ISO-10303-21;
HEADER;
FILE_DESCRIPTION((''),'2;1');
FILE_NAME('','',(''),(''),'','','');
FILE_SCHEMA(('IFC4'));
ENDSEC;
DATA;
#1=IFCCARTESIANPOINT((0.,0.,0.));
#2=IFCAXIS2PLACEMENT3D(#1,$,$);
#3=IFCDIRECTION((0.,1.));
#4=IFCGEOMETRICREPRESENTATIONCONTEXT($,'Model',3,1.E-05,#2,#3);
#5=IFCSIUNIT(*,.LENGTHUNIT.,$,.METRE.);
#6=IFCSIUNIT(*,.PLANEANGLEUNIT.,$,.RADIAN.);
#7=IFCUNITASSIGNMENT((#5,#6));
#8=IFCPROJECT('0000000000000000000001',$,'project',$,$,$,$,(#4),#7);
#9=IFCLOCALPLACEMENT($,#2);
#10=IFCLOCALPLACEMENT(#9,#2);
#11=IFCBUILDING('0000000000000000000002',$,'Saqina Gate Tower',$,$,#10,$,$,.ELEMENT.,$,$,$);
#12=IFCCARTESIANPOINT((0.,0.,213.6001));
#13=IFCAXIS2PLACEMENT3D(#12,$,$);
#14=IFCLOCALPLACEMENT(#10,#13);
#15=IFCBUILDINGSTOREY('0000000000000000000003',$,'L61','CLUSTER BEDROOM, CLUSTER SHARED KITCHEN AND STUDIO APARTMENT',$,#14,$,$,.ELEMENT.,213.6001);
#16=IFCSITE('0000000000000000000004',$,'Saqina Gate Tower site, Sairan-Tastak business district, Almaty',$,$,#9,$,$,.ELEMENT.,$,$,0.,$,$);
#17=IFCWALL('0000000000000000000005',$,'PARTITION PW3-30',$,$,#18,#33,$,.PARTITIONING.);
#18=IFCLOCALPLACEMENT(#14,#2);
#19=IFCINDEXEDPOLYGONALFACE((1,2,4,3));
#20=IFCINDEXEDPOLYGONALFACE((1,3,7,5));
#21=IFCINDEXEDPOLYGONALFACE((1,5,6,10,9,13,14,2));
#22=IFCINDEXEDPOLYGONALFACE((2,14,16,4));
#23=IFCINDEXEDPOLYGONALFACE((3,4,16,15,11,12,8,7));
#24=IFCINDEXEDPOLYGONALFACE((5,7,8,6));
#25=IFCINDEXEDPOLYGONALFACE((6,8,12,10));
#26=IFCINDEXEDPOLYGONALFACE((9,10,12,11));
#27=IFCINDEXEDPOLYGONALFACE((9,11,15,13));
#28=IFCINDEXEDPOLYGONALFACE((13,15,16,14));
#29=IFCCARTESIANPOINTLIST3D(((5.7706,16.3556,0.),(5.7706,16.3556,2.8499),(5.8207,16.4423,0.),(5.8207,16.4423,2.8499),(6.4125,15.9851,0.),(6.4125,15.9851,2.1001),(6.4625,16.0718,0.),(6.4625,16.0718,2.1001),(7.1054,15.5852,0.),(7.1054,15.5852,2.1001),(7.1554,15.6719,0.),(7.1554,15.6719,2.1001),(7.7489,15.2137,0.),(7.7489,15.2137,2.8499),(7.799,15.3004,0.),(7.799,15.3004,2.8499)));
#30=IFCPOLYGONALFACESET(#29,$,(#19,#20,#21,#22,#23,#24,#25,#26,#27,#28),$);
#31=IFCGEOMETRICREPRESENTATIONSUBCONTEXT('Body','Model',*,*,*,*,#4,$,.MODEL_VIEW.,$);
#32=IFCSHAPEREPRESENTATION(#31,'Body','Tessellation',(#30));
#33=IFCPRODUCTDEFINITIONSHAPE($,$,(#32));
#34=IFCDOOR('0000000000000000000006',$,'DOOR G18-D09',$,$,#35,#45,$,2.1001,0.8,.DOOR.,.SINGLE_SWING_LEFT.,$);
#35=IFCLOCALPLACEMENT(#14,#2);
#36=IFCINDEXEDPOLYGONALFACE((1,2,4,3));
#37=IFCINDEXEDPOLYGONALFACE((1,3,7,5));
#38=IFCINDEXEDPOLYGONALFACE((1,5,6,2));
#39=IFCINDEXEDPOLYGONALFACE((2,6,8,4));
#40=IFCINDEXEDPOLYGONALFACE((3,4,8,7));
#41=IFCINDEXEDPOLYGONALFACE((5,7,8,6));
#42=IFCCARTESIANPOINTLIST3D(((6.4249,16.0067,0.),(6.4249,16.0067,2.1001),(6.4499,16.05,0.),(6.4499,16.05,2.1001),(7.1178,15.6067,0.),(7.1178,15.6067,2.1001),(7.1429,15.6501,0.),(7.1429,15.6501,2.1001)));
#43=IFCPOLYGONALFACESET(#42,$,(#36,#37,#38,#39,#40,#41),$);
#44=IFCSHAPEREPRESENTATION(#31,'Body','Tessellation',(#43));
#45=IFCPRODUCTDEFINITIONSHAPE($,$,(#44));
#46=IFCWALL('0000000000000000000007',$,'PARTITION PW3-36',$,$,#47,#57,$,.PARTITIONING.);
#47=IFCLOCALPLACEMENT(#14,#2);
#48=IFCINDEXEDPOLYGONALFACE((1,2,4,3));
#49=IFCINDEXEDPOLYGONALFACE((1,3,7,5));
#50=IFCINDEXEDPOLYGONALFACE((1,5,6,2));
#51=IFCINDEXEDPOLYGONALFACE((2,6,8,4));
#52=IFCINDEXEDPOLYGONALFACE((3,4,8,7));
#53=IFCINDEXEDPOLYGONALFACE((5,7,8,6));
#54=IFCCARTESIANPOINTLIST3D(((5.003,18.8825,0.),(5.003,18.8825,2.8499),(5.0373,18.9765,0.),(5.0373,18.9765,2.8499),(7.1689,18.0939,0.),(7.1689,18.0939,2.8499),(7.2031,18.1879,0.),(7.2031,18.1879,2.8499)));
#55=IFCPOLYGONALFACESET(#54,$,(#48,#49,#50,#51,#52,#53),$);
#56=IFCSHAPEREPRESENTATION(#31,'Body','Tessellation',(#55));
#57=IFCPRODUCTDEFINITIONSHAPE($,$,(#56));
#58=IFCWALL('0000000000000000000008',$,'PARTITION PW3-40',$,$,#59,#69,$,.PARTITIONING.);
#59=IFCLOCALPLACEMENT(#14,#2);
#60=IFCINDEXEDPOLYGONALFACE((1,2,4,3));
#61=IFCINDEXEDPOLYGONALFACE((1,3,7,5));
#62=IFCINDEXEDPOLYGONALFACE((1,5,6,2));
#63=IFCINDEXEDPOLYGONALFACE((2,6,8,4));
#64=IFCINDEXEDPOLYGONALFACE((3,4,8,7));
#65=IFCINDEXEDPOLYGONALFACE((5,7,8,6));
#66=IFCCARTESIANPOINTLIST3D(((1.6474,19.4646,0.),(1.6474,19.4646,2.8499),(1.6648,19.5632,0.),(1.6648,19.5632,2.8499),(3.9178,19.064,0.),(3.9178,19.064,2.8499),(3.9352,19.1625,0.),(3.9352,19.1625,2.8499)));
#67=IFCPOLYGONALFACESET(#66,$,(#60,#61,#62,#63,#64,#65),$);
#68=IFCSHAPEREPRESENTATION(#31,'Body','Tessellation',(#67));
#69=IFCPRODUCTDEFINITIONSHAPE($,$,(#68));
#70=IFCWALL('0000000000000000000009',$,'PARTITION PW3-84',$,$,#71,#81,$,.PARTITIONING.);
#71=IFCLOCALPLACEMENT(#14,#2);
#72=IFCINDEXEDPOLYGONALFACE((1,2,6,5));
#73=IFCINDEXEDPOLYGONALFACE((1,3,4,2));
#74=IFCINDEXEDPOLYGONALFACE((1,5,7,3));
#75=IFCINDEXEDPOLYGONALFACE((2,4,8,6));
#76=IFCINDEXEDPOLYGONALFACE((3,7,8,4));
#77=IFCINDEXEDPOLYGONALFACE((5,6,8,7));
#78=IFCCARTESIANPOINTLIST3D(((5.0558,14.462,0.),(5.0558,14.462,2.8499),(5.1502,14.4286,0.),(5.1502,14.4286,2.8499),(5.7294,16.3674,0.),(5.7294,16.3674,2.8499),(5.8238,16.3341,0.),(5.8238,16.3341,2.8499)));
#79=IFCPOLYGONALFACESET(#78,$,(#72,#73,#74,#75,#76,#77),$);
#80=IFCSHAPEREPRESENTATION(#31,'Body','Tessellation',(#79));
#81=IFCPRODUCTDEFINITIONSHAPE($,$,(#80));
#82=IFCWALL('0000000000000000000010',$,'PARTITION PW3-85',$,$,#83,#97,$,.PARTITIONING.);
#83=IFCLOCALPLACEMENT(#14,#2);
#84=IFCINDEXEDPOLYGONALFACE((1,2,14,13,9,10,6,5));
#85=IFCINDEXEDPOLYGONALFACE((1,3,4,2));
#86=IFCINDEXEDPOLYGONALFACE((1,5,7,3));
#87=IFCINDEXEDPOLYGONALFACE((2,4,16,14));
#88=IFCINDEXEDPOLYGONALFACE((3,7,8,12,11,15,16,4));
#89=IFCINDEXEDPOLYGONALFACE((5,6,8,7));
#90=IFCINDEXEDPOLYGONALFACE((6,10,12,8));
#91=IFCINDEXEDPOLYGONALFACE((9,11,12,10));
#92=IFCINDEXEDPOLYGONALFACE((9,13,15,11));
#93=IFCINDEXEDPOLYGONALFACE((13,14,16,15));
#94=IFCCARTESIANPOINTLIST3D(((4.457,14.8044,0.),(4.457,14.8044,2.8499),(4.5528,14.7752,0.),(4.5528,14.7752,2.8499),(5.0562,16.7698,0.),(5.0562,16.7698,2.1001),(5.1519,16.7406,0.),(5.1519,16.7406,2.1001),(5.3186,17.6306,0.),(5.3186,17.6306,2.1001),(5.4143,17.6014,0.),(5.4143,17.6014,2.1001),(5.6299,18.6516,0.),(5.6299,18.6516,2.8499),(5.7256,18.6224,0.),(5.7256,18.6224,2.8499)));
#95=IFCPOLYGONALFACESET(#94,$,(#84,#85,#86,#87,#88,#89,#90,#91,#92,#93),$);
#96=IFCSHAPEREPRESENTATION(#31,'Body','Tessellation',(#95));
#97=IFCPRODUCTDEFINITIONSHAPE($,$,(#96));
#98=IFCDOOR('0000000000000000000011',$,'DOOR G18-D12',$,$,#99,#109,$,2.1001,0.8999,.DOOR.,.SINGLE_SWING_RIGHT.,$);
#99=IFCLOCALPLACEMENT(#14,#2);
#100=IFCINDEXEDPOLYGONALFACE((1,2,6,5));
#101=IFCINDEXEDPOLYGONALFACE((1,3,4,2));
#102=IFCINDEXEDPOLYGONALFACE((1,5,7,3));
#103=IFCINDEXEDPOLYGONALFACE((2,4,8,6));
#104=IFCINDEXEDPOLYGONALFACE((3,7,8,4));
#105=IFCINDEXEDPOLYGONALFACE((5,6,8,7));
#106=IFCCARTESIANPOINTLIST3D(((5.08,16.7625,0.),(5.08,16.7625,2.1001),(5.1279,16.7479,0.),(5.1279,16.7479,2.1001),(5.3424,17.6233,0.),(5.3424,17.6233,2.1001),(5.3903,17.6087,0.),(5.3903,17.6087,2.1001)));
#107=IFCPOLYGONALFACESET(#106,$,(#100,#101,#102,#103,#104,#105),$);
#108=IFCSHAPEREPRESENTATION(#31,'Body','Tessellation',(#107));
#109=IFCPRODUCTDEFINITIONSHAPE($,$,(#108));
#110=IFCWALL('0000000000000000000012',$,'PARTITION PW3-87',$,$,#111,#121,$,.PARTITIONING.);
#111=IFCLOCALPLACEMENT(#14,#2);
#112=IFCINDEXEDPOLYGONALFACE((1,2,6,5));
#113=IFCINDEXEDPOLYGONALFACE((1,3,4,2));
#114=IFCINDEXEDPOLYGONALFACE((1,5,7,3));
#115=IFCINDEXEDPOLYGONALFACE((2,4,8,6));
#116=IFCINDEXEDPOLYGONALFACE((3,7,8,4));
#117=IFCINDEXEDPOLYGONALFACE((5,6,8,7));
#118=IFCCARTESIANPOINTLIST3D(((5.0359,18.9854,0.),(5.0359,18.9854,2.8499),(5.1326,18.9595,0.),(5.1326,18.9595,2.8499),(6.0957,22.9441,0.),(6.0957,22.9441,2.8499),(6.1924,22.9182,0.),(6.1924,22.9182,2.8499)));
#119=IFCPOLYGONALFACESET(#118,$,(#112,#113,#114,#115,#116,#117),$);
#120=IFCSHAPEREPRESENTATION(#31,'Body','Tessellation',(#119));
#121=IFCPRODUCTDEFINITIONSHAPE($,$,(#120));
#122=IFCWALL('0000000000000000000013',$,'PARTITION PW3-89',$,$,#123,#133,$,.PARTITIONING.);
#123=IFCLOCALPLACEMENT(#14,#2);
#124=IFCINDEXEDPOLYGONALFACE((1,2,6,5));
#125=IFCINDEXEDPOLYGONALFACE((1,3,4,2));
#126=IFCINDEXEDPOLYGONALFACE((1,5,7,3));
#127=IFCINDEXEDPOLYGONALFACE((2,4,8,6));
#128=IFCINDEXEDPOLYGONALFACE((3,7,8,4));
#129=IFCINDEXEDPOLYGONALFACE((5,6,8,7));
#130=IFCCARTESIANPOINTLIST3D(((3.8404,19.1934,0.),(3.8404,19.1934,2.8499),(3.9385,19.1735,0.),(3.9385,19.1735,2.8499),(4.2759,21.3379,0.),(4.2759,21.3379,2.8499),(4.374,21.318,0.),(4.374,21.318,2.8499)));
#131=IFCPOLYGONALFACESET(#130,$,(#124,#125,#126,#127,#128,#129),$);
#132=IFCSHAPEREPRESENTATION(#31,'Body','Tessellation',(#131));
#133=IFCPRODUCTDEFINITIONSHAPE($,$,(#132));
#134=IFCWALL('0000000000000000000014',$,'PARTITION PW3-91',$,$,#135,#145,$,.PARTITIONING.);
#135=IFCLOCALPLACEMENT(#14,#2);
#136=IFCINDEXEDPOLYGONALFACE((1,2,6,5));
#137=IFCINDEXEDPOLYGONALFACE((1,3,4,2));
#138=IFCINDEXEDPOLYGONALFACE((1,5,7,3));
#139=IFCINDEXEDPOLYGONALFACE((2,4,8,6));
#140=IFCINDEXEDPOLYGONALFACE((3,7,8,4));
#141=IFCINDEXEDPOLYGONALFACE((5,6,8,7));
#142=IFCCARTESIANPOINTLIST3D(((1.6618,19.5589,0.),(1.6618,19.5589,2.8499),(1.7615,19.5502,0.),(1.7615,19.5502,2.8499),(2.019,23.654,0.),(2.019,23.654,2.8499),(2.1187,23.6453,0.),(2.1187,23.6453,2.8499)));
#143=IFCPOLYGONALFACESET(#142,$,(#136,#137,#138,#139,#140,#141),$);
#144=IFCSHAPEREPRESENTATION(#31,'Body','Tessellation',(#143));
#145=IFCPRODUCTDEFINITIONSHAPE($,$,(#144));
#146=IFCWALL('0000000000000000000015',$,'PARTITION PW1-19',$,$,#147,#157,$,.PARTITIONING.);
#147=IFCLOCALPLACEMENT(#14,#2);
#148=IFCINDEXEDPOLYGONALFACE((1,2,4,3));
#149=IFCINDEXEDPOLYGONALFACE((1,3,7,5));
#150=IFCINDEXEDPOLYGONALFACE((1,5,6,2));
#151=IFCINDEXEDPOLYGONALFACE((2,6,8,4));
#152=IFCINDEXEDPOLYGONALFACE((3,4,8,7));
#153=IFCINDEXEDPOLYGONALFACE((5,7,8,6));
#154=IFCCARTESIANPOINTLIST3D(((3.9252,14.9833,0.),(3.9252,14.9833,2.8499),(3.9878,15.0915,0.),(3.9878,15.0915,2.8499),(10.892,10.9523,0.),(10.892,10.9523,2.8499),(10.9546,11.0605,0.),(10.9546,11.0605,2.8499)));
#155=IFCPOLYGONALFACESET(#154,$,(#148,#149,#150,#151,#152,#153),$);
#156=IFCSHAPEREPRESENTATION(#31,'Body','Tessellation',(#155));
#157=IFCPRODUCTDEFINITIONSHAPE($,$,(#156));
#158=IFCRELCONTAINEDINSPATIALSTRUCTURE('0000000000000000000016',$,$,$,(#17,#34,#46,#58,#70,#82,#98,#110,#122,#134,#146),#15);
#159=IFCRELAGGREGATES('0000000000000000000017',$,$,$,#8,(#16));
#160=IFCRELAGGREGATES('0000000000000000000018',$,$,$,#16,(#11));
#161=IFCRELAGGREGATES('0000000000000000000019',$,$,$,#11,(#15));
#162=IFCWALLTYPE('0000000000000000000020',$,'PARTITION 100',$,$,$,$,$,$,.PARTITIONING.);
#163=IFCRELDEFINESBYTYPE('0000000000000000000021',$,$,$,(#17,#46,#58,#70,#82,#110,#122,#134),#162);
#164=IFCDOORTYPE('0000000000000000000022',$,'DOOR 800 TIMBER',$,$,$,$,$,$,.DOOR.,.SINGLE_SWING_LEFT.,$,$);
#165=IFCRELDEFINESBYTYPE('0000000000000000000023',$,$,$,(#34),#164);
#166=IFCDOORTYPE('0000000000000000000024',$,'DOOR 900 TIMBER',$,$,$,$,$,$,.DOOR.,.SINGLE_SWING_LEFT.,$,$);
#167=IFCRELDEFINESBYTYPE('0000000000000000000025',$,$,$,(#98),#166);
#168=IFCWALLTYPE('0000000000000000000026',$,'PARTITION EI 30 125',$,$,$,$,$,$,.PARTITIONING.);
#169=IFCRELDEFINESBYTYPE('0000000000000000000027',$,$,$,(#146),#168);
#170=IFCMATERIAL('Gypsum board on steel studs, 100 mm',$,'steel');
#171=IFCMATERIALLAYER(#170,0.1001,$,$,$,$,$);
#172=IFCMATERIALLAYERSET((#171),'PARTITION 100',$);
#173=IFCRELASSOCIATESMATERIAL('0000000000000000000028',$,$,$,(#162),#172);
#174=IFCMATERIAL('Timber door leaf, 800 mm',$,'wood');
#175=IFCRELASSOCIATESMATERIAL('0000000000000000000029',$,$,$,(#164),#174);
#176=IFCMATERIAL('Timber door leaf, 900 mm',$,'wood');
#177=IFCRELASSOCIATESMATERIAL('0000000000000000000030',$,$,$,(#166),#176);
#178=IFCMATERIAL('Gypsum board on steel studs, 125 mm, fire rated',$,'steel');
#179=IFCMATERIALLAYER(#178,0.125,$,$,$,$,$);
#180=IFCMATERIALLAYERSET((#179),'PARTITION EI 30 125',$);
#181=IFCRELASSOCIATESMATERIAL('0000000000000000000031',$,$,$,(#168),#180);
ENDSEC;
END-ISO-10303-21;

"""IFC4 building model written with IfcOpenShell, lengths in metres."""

from ifc_helpers import new_model, si_unit, direction, frame, frame_2d, origin, place, context, subcontext, project, spatial, rectangle, extrude, material, layer, layer_set, type_object, element, fill, save


model = new_model("IFC4")

# Units and contexts
model_context = context("Model", 3, precision=1e-05, world=origin(), true_north=direction((0.0, 1.0)))
body_context = subcontext(model_context, "Body", "Model", "MODEL_VIEW")
ifc_project = project(units=[si_unit("LENGTHUNIT", "METRE"), si_unit("PLANEANGLEUNIT", "RADIAN")], contexts=[model_context])

# Site, building, storey
site_placement = place(None, origin())
site = spatial("IfcSite", under=ifc_project, at=site_placement, Name="Saqina Gate Tower site, Sairan-Tastak business district, Almaty", CompositionType="ELEMENT", RefElevation=0.0)
building_placement = place(site_placement, origin())
building = spatial("IfcBuilding", under=site, at=building_placement, Name="Saqina Gate Tower", CompositionType="ELEMENT")
storey_placement = place(building_placement, frame((0.0, 0.0, 213.6001)))
storey = spatial("IfcBuildingStorey", under=building, at=storey_placement, Name="L61", Description="CLUSTER BEDROOM, CLUSTER SHARED KITCHEN AND STUDIO APARTMENT", CompositionType="ELEMENT", Elevation=213.6001)

# Wall, opening, door
ifc_material_1 = material(Name="Gypsum board on steel studs, 100 mm", Category="steel")
ifc_layer_1 = layer(ifc_material_1, 0.1001)
ifc_layer_set_1 = layer_set([ifc_layer_1], Name="PARTITION 100")
wall_type_1 = type_object("IfcWallType", Name="PARTITION 100", PredefinedType="PARTITIONING", material=ifc_layer_set_1)
wall_1_placement = place(storey_placement, frame((5.7957, 16.3989, 0.0), z_axis=(0.0, 0.0, 1.0), x_axis=(0.866084, -0.499898, 0.0)))
wall_1 = element("IfcWall", 1, at=wall_1_placement, inside=storey, type_object=wall_type_1, Name="PARTITION PW3-30", PredefinedType="PARTITIONING", context=body_context, shape_type="SweptSolid", body=[
    extrude(rectangle(XDim=2.2842, YDim=0.1001, at=frame_2d((1.1421, 0.0))), origin(), (0.0, 0.0, 1.0), 2.8499),
])
opening_1_placement = place(wall_1_placement, frame((0.7412, 0.0, 0.0)))
opening_1 = element("IfcOpeningElement", 2, at=opening_1_placement, cuts=wall_1, PredefinedType="OPENING", context=body_context, shape_type="SweptSolid", body=[
    extrude(rectangle(XDim=0.8, YDim=2.1001, at=frame_2d((0.3999, 1.05))), frame((0.0, 0.062, 0.0), z_axis=(0.0, -1.0, 0.0), x_axis=(1.0, 0.0, 0.0)), (0.0, 0.0, 1.0), 0.124),
])
ifc_material_2 = material(Name="Timber door leaf, 800 mm", Category="wood")
door_type_1 = type_object("IfcDoorType", Name="DOOR 800 TIMBER", OperationType="SINGLE_SWING_LEFT", PredefinedType="DOOR", material=ifc_material_2)
door_1_placement = place(opening_1_placement, origin())
door_1 = element("IfcDoor", 3, at=door_1_placement, inside=storey, type_object=door_type_1, Name="DOOR G18-D09", OperationType="SINGLE_SWING_LEFT", OverallHeight=2.1001, OverallWidth=0.8, PredefinedType="DOOR", context=body_context, shape_type="SweptSolid", body=[
    extrude(rectangle(XDim=0.8, YDim=2.1001, at=frame_2d((0.3999, 1.05))), frame((0.0, 0.0249, 0.0), z_axis=(0.0, -1.0, 0.0), x_axis=(1.0, 0.0, 0.0)), (0.0, 0.0, 1.0), 0.05),
])
fill(opening_1, door_1)

# Walls
wall_2_placement = place(storey_placement, frame((5.0203, 18.9294, 0.0), z_axis=(0.0, 0.0, 1.0), x_axis=(0.939651, -0.342134, 0.0)))
element("IfcWall", 4, at=wall_2_placement, inside=storey, type_object=wall_type_1, Name="PARTITION PW3-36", PredefinedType="PARTITIONING", context=body_context, shape_type="SweptSolid", body=[
    extrude(rectangle(XDim=2.3049, YDim=0.1001, at=frame_2d((1.1523, 0.0))), origin(), (0.0, 0.0, 1.0), 2.8499),
])
wall_3_placement = place(storey_placement, frame((1.656, 19.5139, 0.0), z_axis=(0.0, 0.0, 1.0), x_axis=(0.984784, -0.173785, 0.0)))
element("IfcWall", 5, at=wall_3_placement, inside=storey, type_object=wall_type_1, Name="PARTITION PW3-40", PredefinedType="PARTITIONING", context=body_context, shape_type="SweptSolid", body=[
    extrude(rectangle(XDim=2.3054, YDim=0.1001, at=frame_2d((1.1528, 0.0))), origin(), (0.0, 0.0, 1.0), 2.8499),
])
wall_4_placement = place(storey_placement, frame((5.103, 14.4453, 0.0), z_axis=(0.0, 0.0, 1.0), x_axis=(0.333281, 0.942827, 0.0)))
element("IfcWall", 6, at=wall_4_placement, inside=storey, type_object=wall_type_1, Name="PARTITION PW3-84", PredefinedType="PARTITIONING", context=body_context, shape_type="SweptSolid", body=[
    extrude(rectangle(XDim=2.021, YDim=0.1001, at=frame_2d((1.0105, 0.0))), origin(), (0.0, 0.0, 1.0), 2.8499),
])

# Wall, opening, door
wall_5_placement = place(storey_placement, frame((4.5049, 14.7898, 0.0), z_axis=(0.0, 0.0, 1.0), x_axis=(0.291611, 0.956537, 0.0)))
wall_5 = element("IfcWall", 7, at=wall_5_placement, inside=storey, type_object=wall_type_1, Name="PARTITION PW3-85", PredefinedType="PARTITIONING", context=body_context, shape_type="SweptSolid", body=[
    extrude(rectangle(XDim=4.022, YDim=0.1001, at=frame_2d((2.011, 0.0))), origin(), (0.0, 0.0, 1.0), 2.8499),
])
opening_2_placement = place(wall_5_placement, frame((2.0547, 0.0, 0.0)))
opening_2 = element("IfcOpeningElement", 8, at=opening_2_placement, cuts=wall_5, PredefinedType="OPENING", context=body_context, shape_type="SweptSolid", body=[
    extrude(rectangle(XDim=0.8999, YDim=2.1001, at=frame_2d((0.45, 1.05))), frame((0.0, 0.062, 0.0), z_axis=(0.0, -1.0, 0.0), x_axis=(1.0, 0.0, 0.0)), (0.0, 0.0, 1.0), 0.124),
])
ifc_material_3 = material(Name="Timber door leaf, 900 mm", Category="wood")
door_type_2 = type_object("IfcDoorType", Name="DOOR 900 TIMBER", OperationType="SINGLE_SWING_LEFT", PredefinedType="DOOR", material=ifc_material_3)
door_2_placement = place(opening_2_placement, frame((0.8999, 0.0, 0.0), z_axis=(0.0, 0.0, 1.0), x_axis=(-1.0, 0.0, 0.0)))
door_2 = element("IfcDoor", 9, at=door_2_placement, inside=storey, type_object=door_type_2, Name="DOOR G18-D12", OperationType="SINGLE_SWING_RIGHT", OverallHeight=2.1001, OverallWidth=0.8999, PredefinedType="DOOR", context=body_context, shape_type="SweptSolid", body=[
    extrude(rectangle(XDim=0.8999, YDim=2.1001, at=frame_2d((0.45, 1.05))), frame((0.0, 0.0249, 0.0), z_axis=(0.0, -1.0, 0.0), x_axis=(1.0, 0.0, 0.0)), (0.0, 0.0, 1.0), 0.05),
])
fill(opening_2, door_2)

# Walls
wall_6_placement = place(storey_placement, frame((5.0842, 18.9724, 0.0), z_axis=(0.0, 0.0, 1.0), x_axis=(0.258608, 0.965982, 0.0)))
element("IfcWall", 10, at=wall_6_placement, inside=storey, type_object=wall_type_1, Name="PARTITION PW3-87", PredefinedType="PARTITIONING", context=body_context, shape_type="SweptSolid", body=[
    extrude(rectangle(XDim=4.0981, YDim=0.1001, at=frame_2d((2.0491, 0.0))), origin(), (0.0, 0.0, 1.0), 2.8499),
])
wall_7_placement = place(storey_placement, frame((3.8894, 19.1833, 0.0), z_axis=(0.0, 0.0, 1.0), x_axis=(0.199033, 0.979993, 0.0)))
element("IfcWall", 11, at=wall_7_placement, inside=storey, type_object=wall_type_1, Name="PARTITION PW3-89", PredefinedType="PARTITIONING", context=body_context, shape_type="SweptSolid", body=[
    extrude(rectangle(XDim=2.1882, YDim=0.1001, at=frame_2d((1.0942, 0.0))), origin(), (0.0, 0.0, 1.0), 2.8499),
])
wall_8_placement = place(storey_placement, frame((1.7117, 19.5547, 0.0), z_axis=(0.0, 0.0, 1.0), x_axis=(0.086894, 0.996218, 0.0)))
element("IfcWall", 12, at=wall_8_placement, inside=storey, type_object=wall_type_1, Name="PARTITION PW3-91", PredefinedType="PARTITIONING", context=body_context, shape_type="SweptSolid", body=[
    extrude(rectangle(XDim=4.1106, YDim=0.1001, at=frame_2d((2.0552, 0.0))), origin(), (0.0, 0.0, 1.0), 2.8499),
])
ifc_material_4 = material(Name="Gypsum board on steel studs, 125 mm, fire rated", Category="steel")
ifc_layer_2 = layer(ifc_material_4, 0.125)
ifc_layer_set_2 = layer_set([ifc_layer_2], Name="PARTITION EI 30 125")
wall_type_2 = type_object("IfcWallType", Name="PARTITION EI 30 125", PredefinedType="PARTITIONING", material=ifc_layer_set_2)
wall_9_placement = place(storey_placement, frame((3.9565, 15.0374, 0.0), z_axis=(0.0, 0.0, 1.0), x_axis=(0.865556, -0.500813, 0.0)))
element("IfcWall", 13, at=wall_9_placement, inside=storey, type_object=wall_type_2, Name="PARTITION PW1-19", PredefinedType="PARTITIONING", context=body_context, shape_type="SweptSolid", body=[
    extrude(rectangle(XDim=8.0488, YDim=0.125, at=frame_2d((4.0244, 0.0))), origin(), (0.0, 0.0, 1.0), 2.8499),
])

save(model, "model.ifc")
